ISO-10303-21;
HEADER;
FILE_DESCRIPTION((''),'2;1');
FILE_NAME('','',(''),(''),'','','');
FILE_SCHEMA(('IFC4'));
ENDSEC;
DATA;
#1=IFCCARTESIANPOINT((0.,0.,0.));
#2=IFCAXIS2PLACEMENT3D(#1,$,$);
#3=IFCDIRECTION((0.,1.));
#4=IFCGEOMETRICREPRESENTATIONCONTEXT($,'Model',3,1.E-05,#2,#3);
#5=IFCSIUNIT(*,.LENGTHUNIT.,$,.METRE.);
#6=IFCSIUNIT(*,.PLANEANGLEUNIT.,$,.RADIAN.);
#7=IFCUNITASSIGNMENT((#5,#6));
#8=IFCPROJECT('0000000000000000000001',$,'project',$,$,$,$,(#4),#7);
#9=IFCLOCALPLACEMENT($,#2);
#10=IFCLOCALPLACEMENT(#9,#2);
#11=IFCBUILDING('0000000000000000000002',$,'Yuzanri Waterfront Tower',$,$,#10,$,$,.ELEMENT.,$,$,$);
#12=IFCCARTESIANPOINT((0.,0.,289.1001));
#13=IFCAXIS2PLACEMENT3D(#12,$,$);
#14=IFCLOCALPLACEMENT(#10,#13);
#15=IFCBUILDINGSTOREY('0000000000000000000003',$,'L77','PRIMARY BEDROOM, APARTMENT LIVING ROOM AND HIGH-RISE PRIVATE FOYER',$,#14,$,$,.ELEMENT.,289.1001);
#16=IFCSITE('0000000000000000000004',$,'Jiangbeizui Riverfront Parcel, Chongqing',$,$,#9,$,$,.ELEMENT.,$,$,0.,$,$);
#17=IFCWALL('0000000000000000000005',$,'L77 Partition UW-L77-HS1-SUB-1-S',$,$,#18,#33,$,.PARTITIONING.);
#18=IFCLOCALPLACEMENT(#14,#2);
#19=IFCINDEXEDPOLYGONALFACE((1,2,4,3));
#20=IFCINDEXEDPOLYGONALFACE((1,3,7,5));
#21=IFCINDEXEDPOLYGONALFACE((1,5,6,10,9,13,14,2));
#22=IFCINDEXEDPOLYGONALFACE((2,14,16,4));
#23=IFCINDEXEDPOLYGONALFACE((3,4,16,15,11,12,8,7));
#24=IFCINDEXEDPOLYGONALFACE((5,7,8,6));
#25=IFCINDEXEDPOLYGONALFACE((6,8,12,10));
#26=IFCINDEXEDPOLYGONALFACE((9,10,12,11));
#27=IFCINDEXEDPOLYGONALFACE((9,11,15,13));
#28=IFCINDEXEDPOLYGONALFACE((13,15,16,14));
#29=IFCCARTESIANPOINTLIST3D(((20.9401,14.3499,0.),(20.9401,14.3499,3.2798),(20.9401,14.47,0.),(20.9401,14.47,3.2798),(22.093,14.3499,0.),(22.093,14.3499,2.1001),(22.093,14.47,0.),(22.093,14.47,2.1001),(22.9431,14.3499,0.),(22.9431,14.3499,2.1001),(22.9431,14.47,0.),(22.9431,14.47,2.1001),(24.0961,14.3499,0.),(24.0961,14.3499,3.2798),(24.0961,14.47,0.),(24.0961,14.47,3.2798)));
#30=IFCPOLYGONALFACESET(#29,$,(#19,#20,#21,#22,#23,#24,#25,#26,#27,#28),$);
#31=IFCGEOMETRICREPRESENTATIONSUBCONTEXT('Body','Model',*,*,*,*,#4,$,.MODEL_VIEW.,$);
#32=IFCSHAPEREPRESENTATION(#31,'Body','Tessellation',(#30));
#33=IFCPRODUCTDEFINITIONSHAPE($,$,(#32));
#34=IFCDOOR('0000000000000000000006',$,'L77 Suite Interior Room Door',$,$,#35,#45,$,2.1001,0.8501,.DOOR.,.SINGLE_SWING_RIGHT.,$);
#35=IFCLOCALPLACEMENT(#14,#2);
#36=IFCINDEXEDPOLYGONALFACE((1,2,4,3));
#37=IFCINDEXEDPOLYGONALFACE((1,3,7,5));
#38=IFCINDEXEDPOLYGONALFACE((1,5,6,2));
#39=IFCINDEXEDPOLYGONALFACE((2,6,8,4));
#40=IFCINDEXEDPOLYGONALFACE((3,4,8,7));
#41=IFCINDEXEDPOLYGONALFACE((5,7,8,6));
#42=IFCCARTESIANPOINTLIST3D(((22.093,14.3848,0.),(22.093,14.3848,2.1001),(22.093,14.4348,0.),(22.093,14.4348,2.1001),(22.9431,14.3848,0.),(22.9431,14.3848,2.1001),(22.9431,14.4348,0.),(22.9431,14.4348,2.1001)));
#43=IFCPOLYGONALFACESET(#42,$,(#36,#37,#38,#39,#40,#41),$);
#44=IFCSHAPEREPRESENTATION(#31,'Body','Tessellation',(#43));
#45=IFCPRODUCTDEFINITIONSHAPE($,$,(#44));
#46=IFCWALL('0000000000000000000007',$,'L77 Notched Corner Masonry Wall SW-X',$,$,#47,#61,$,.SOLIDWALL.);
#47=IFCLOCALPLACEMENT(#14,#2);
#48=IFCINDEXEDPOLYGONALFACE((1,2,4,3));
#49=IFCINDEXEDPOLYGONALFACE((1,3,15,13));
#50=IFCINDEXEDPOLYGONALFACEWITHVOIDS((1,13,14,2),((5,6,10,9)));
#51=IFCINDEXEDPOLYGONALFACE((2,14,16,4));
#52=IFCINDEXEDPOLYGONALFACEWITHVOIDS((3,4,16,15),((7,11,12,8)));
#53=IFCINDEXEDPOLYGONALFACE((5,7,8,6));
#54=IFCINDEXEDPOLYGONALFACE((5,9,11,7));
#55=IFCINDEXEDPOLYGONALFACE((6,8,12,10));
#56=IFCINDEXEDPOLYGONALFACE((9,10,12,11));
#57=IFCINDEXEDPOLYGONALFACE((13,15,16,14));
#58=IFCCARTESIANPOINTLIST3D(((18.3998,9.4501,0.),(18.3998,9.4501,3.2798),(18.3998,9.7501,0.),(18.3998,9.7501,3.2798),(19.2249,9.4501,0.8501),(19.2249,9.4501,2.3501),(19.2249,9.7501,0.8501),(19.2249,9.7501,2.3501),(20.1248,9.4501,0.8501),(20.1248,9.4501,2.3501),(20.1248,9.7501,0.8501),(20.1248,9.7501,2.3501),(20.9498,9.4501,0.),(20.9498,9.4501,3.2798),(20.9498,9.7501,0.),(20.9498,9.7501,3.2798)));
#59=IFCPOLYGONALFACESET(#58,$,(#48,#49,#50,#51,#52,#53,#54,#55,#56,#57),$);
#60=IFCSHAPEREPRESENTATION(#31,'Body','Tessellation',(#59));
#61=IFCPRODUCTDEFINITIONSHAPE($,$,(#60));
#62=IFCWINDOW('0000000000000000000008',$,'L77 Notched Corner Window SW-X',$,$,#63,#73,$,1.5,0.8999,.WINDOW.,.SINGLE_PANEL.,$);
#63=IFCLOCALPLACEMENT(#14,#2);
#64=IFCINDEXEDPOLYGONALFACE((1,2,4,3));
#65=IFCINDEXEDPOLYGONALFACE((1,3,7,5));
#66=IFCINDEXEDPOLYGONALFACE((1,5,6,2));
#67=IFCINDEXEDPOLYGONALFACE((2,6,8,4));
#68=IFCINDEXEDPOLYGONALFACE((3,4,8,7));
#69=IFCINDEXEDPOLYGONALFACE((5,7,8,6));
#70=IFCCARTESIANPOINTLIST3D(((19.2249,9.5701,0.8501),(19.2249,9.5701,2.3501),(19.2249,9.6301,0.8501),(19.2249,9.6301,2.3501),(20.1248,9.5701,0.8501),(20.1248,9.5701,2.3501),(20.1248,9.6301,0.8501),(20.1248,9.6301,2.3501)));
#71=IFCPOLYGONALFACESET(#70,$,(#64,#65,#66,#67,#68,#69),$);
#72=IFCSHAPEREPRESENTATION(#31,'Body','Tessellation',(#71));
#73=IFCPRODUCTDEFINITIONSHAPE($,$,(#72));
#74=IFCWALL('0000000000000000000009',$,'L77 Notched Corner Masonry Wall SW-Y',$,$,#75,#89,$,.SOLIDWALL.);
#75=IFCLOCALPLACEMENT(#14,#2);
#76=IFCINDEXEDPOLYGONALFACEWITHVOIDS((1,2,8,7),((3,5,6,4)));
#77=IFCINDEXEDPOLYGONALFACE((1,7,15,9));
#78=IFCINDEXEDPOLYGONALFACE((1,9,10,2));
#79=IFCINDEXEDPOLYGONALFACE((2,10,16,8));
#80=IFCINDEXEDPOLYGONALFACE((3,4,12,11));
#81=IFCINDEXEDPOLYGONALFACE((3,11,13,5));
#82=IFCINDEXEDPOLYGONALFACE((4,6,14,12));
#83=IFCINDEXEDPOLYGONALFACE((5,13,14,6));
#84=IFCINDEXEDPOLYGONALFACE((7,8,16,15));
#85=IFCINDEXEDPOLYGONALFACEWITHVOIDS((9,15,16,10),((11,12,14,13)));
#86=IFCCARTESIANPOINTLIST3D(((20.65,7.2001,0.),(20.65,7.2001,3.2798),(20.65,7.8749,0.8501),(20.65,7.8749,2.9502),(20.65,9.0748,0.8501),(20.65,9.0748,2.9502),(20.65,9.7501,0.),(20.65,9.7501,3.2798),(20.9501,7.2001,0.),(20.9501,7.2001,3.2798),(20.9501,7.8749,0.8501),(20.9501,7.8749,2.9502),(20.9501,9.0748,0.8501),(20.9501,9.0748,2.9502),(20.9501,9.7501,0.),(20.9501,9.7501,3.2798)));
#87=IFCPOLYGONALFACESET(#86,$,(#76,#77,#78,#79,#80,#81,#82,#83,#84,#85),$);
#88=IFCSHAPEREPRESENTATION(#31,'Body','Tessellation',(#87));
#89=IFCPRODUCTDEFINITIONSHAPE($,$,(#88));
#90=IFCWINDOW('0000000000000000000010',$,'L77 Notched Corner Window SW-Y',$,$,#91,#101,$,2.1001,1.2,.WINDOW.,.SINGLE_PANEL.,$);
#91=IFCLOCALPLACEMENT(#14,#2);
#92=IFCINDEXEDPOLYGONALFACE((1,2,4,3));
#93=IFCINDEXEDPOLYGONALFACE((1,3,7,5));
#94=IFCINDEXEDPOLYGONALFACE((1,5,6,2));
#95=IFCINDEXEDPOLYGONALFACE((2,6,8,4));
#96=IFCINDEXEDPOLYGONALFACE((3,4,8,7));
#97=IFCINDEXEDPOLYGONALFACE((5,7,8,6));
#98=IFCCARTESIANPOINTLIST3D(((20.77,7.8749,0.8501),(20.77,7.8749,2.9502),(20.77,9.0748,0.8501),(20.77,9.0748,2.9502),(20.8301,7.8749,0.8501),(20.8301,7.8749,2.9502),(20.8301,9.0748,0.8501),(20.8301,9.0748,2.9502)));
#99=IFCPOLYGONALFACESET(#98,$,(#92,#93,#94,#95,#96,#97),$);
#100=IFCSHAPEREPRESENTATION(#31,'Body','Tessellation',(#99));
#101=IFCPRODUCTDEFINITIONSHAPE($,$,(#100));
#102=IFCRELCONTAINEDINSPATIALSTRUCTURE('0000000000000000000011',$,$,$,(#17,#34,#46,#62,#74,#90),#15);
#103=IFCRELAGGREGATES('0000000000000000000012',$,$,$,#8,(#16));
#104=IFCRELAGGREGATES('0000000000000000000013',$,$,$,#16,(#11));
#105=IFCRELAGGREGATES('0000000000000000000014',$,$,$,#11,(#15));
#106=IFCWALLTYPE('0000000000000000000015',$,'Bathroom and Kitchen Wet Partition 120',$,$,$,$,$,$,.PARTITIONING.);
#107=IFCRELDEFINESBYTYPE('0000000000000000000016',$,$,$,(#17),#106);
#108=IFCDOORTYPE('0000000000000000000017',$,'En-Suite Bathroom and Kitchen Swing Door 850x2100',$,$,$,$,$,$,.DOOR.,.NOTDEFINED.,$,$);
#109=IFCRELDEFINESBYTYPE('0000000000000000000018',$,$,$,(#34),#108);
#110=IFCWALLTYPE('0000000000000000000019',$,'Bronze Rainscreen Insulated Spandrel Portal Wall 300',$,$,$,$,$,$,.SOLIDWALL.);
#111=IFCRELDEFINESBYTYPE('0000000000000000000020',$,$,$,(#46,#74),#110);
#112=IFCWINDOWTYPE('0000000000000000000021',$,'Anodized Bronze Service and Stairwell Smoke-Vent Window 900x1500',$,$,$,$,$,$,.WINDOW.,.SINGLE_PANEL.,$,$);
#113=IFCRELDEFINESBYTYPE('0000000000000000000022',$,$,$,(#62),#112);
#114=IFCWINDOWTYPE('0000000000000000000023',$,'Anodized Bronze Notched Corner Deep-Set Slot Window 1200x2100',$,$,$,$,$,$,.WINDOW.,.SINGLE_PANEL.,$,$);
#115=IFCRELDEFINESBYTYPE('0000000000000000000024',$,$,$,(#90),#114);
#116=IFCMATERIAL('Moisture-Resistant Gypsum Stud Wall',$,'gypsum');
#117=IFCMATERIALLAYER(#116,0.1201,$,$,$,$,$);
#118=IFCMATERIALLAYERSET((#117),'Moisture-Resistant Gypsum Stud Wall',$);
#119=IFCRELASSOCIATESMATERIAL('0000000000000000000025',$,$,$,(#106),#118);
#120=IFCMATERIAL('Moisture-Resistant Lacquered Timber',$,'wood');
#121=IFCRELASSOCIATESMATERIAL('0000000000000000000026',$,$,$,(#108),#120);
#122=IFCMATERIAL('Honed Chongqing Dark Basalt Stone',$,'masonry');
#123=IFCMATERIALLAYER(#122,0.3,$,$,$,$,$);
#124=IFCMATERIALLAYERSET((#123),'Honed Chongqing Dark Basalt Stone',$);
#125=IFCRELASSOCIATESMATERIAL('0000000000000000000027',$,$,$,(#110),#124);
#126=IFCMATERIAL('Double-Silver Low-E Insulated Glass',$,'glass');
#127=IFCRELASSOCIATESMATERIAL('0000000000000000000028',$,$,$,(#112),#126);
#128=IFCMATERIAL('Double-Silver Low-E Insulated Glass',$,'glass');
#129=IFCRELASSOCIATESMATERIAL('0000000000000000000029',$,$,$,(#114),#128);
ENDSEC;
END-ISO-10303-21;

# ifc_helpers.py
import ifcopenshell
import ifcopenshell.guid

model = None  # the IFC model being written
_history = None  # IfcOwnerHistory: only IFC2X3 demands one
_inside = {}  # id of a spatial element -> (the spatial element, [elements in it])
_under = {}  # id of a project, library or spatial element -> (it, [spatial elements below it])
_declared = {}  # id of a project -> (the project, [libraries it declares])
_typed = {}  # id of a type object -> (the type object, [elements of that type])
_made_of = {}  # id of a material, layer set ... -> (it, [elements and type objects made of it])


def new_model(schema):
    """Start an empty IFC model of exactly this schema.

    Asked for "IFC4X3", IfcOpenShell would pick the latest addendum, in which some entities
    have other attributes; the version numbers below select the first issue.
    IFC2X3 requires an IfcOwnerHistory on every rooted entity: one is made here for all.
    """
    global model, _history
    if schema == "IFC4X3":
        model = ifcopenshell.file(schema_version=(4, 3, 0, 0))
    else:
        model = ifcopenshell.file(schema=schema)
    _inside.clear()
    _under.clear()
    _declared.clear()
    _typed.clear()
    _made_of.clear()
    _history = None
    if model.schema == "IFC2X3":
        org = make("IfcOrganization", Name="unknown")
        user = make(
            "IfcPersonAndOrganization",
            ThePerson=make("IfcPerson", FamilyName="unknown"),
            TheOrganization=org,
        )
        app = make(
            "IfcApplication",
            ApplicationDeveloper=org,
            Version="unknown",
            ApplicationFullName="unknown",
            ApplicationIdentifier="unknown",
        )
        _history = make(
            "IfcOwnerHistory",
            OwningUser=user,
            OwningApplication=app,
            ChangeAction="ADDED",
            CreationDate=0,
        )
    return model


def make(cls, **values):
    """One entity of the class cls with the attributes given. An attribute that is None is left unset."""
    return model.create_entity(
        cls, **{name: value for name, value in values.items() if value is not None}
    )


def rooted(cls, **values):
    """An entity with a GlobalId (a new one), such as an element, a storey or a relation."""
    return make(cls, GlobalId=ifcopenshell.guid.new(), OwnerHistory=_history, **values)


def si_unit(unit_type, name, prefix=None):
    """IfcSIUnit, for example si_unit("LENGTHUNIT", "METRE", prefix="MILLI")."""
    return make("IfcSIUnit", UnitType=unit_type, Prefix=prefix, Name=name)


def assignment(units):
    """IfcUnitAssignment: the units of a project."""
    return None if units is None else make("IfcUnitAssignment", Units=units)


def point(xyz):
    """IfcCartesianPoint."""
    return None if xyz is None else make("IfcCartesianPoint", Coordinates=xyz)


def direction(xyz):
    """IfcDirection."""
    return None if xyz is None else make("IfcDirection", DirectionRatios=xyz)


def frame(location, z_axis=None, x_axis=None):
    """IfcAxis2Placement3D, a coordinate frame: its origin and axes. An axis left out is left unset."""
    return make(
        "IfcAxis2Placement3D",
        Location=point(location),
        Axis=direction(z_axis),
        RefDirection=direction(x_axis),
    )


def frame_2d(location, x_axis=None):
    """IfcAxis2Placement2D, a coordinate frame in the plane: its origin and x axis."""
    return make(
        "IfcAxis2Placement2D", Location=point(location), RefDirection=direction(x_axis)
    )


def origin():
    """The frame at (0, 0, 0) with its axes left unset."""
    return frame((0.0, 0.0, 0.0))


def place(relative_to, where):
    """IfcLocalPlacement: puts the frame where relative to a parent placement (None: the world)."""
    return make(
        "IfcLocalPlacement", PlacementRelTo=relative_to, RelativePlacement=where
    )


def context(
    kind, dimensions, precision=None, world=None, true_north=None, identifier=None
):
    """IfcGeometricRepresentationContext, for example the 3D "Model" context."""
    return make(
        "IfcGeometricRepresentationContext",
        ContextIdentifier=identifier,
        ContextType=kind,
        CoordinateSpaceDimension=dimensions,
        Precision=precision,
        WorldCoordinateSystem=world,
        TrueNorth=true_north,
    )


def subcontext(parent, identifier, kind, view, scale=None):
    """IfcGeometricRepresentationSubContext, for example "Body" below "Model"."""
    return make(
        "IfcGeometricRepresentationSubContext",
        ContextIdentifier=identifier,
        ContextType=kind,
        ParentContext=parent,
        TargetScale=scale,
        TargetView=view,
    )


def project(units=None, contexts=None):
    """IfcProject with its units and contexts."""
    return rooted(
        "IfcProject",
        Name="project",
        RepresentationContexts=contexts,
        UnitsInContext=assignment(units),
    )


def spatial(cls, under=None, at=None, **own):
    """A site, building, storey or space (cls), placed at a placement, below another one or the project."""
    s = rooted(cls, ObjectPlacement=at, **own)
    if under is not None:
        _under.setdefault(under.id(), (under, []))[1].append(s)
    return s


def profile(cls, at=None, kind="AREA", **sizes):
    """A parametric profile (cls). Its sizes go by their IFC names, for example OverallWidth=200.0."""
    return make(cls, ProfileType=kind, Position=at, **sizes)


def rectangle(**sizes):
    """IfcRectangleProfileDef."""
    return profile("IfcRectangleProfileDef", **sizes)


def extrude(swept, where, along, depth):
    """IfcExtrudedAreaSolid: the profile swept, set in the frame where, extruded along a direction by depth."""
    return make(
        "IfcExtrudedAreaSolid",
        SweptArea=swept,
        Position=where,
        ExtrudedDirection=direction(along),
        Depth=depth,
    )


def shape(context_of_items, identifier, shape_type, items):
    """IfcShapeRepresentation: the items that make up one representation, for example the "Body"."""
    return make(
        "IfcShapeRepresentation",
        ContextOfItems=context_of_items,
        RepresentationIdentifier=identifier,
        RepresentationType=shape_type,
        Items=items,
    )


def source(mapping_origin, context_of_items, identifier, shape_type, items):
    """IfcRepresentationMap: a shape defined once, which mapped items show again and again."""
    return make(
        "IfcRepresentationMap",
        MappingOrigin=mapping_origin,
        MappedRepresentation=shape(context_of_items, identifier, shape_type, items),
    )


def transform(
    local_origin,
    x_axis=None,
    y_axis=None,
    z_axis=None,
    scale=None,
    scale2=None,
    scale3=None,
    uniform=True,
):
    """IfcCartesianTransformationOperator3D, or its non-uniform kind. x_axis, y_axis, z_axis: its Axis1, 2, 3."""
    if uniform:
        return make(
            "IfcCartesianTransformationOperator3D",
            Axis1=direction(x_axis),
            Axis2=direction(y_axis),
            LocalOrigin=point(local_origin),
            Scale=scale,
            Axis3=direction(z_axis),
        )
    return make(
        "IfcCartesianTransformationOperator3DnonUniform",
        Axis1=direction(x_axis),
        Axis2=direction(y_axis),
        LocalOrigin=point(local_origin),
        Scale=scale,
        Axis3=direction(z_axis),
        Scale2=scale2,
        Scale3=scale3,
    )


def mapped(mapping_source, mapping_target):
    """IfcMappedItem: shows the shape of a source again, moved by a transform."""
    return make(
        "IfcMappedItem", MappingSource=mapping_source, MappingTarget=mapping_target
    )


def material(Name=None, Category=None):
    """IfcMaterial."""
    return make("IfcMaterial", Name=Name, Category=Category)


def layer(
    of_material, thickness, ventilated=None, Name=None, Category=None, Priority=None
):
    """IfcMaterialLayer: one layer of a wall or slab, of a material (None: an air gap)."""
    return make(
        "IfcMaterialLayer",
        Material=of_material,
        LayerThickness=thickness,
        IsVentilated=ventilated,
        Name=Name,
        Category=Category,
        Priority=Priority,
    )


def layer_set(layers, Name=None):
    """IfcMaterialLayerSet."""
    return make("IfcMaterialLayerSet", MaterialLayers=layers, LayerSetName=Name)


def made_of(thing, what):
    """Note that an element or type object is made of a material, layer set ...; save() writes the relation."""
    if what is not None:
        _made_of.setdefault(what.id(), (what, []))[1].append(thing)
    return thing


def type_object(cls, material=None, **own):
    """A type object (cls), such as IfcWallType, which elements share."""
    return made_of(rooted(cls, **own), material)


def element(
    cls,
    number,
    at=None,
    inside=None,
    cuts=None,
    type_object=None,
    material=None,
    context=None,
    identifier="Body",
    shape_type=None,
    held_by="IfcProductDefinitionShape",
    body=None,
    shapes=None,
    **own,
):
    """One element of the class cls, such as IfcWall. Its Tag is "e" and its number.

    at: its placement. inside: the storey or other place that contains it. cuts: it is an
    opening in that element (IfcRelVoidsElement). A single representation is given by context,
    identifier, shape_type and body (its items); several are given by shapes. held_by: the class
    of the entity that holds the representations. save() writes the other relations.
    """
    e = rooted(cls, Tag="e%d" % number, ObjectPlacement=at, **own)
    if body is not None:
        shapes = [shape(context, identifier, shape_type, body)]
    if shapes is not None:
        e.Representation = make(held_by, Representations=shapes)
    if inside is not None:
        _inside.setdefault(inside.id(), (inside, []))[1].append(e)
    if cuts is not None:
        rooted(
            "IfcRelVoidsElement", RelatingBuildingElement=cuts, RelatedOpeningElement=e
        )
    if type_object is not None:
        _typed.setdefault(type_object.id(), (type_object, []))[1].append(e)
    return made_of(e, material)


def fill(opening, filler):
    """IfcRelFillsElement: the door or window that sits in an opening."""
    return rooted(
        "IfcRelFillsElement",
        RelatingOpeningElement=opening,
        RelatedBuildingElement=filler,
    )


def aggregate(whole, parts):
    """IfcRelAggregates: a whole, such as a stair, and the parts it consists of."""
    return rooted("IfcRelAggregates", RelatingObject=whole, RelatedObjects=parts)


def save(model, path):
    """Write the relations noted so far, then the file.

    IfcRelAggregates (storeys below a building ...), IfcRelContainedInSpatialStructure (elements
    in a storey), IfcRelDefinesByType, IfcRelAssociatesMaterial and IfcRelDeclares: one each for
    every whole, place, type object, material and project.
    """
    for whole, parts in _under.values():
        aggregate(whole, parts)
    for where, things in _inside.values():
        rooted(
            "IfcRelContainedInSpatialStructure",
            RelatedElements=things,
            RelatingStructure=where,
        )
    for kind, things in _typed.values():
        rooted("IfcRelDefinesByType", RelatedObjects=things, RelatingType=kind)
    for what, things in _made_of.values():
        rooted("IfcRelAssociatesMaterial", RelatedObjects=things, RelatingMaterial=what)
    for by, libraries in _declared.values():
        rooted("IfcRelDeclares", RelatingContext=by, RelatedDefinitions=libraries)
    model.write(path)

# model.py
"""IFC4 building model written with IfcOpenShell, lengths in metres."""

from ifc_helpers import new_model, si_unit, direction, frame, frame_2d, origin, place, context, subcontext, project, spatial, rectangle, extrude, source, transform, mapped, material, layer, layer_set, type_object, element, fill, save


model = new_model("IFC4")

# Units and contexts
model_context = context("Model", 3, precision=1e-05, world=origin(), true_north=direction((0.0, 1.0)))
body_context = subcontext(model_context, "Body", "Model", "MODEL_VIEW")
ifc_project = project(units=[si_unit("LENGTHUNIT", "METRE"), si_unit("PLANEANGLEUNIT", "RADIAN")], contexts=[model_context])

# Site, building, storey
site_placement = place(None, origin())
site = spatial("IfcSite", under=ifc_project, at=site_placement, Name="Jiangbeizui Riverfront Parcel, Chongqing", CompositionType="ELEMENT", RefElevation=0.0)
building_placement = place(site_placement, origin())
building = spatial("IfcBuilding", under=site, at=building_placement, Name="Yuzanri Waterfront Tower", CompositionType="ELEMENT")
storey_placement = place(building_placement, frame((0.0, 0.0, 289.1001)))
storey = spatial("IfcBuildingStorey", under=building, at=storey_placement, Name="L77", Description="PRIMARY BEDROOM, APARTMENT LIVING ROOM AND HIGH-RISE PRIVATE FOYER", CompositionType="ELEMENT", Elevation=289.1001)

# Wall, opening, door
ifc_material_1 = material(Name="Moisture-Resistant Gypsum Stud Wall", Category="gypsum")
ifc_layer_1 = layer(ifc_material_1, 0.1201)
ifc_layer_set_1 = layer_set([ifc_layer_1], Name="Moisture-Resistant Gypsum Stud Wall")
wall_type_1 = type_object("IfcWallType", Name="Bathroom and Kitchen Wet Partition 120", PredefinedType="PARTITIONING", material=ifc_layer_set_1)
wall_1_placement = place(storey_placement, frame((20.9399, 14.4099, 0.0), z_axis=(0.0, 0.0, 1.0), x_axis=(1.0, 0.0, 0.0)))
wall_1 = element("IfcWall", 1, at=wall_1_placement, inside=storey, type_object=wall_type_1, Name="L77 Partition UW-L77-HS1-SUB-1-S", PredefinedType="PARTITIONING", context=body_context, shape_type="SweptSolid", body=[
    extrude(rectangle(XDim=3.156, YDim=0.1201, at=frame_2d((1.5781, 0.0))), origin(), (0.0, 0.0, 1.0), 3.2798),
])
opening_1_placement = place(wall_1_placement, frame((1.1531, 0.0, 0.0)))
opening_1 = element("IfcOpeningElement", 2, at=opening_1_placement, cuts=wall_1, PredefinedType="OPENING", context=body_context, shape_type="SweptSolid", body=[
    extrude(rectangle(XDim=0.8501, YDim=2.1001, at=frame_2d((0.425, 1.05))), frame((0.0, 0.075, 0.0), z_axis=(0.0, -1.0, 0.0), x_axis=(1.0, 0.0, 0.0)), (0.0, 0.0, 1.0), 0.1499),
])
ifc_material_2 = material(Name="Moisture-Resistant Lacquered Timber", Category="wood")
door_type_1 = type_object("IfcDoorType", Name="En-Suite Bathroom and Kitchen Swing Door 850x2100", OperationType="NOTDEFINED", PredefinedType="DOOR", material=ifc_material_2)
shared_shape_1 = source(origin(), body_context, "Body", "SweptSolid", [
    extrude(rectangle(XDim=0.8501, YDim=2.1001, at=frame_2d((0.425, 1.05))), frame((0.0, 0.0249, 0.0), z_axis=(0.0, -1.0, 0.0), x_axis=(1.0, 0.0, 0.0)), (0.0, 0.0, 1.0), 0.05),
])
door_1_placement = place(opening_1_placement, origin())
door_1 = element("IfcDoor", 3, at=door_1_placement, inside=storey, type_object=door_type_1, Name="L77 Suite Interior Room Door", OperationType="SINGLE_SWING_RIGHT", OverallHeight=2.1001, OverallWidth=0.8501, PredefinedType="DOOR", context=body_context, shape_type="MappedRepresentation", body=[
    mapped(shared_shape_1, transform((0.0, 0.0, 0.0), scale=1.0)),
])
fill(opening_1, door_1)

# Walls, openings, windows
ifc_material_3 = material(Name="Honed Chongqing Dark Basalt Stone", Category="masonry")
ifc_layer_2 = layer(ifc_material_3, 0.3)
ifc_layer_set_2 = layer_set([ifc_layer_2], Name="Honed Chongqing Dark Basalt Stone")
wall_type_2 = type_object("IfcWallType", Name="Bronze Rainscreen Insulated Spandrel Portal Wall 300", PredefinedType="SOLIDWALL", material=ifc_layer_set_2)
wall_2_placement = place(storey_placement, frame((18.3999, 9.6001, 0.0), z_axis=(0.0, 0.0, 1.0), x_axis=(1.0, 0.0, 0.0)))
wall_2 = element("IfcWall", 4, at=wall_2_placement, inside=storey, type_object=wall_type_2, Name="L77 Notched Corner Masonry Wall SW-X", PredefinedType="SOLIDWALL", context=body_context, shape_type="SweptSolid", body=[
    extrude(rectangle(XDim=2.55, YDim=0.3, at=frame_2d((1.2749, 0.0))), origin(), (0.0, 0.0, 1.0), 3.2798),
])
opening_2_placement = place(wall_2_placement, frame((0.825, 0.0, 0.8501)))
opening_2 = element("IfcOpeningElement", 5, at=opening_2_placement, cuts=wall_2, PredefinedType="OPENING", context=body_context, shape_type="SweptSolid", body=[
    extrude(rectangle(XDim=0.8999, YDim=1.5, at=frame_2d((0.45, 0.75))), frame((0.0, 0.165, 0.0), z_axis=(0.0, -1.0, 0.0), x_axis=(1.0, 0.0, 0.0)), (0.0, 0.0, 1.0), 0.3298),
])
ifc_material_4 = material(Name="Double-Silver Low-E Insulated Glass", Category="glass")
window_type_1 = type_object("IfcWindowType", Name="Anodized Bronze Service and Stairwell Smoke-Vent Window 900x1500", PartitioningType="SINGLE_PANEL", PredefinedType="WINDOW", material=ifc_material_4)
shared_shape_2 = source(origin(), body_context, "Body", "SweptSolid", [
    extrude(rectangle(XDim=0.8999, YDim=1.5, at=frame_2d((0.45, 0.75))), frame((0.0, 0.03, 0.0), z_axis=(0.0, -1.0, 0.0), x_axis=(1.0, 0.0, 0.0)), (0.0, 0.0, 1.0), 0.0601),
])
window_1_placement = place(opening_2_placement, origin())
window_1 = element("IfcWindow", 6, at=window_1_placement, inside=storey, type_object=window_type_1, Name="L77 Notched Corner Window SW-X", OverallHeight=1.5, OverallWidth=0.8999, PartitioningType="SINGLE_PANEL", PredefinedType="WINDOW", context=body_context, shape_type="MappedRepresentation", body=[
    mapped(shared_shape_2, transform((0.0, 0.0, 0.0), scale=1.0)),
])
fill(opening_2, window_1)
wall_3_placement = place(storey_placement, frame((20.8, 9.75, 0.0), z_axis=(0.0, 0.0, 1.0), x_axis=(0.0, -1.0, 0.0)))
wall_3 = element("IfcWall", 7, at=wall_3_placement, inside=storey, type_object=wall_type_2, Name="L77 Notched Corner Masonry Wall SW-Y", PredefinedType="SOLIDWALL", context=body_context, shape_type="SweptSolid", body=[
    extrude(rectangle(XDim=2.55, YDim=0.3, at=frame_2d((1.2749, 0.0))), origin(), (0.0, 0.0, 1.0), 3.2798),
])
opening_3_placement = place(wall_3_placement, frame((0.675, 0.0, 0.8501)))
opening_3 = element("IfcOpeningElement", 8, at=opening_3_placement, cuts=wall_3, PredefinedType="OPENING", context=body_context, shape_type="SweptSolid", body=[
    extrude(rectangle(XDim=1.2, YDim=2.1001, at=frame_2d((0.6001, 1.05))), frame((0.0, 0.165, 0.0), z_axis=(0.0, -1.0, 0.0), x_axis=(1.0, 0.0, 0.0)), (0.0, 0.0, 1.0), 0.3298),
])
ifc_material_5 = material(Name="Double-Silver Low-E Insulated Glass", Category="glass")
window_type_2 = type_object("IfcWindowType", Name="Anodized Bronze Notched Corner Deep-Set Slot Window 1200x2100", PartitioningType="SINGLE_PANEL", PredefinedType="WINDOW", material=ifc_material_5)
shared_shape_3 = source(origin(), body_context, "Body", "SweptSolid", [
    extrude(rectangle(XDim=1.2, YDim=2.1001, at=frame_2d((0.6001, 1.05))), frame((0.0, 0.03, 0.0), z_axis=(0.0, -1.0, 0.0), x_axis=(1.0, 0.0, 0.0)), (0.0, 0.0, 1.0), 0.0601),
])
window_2_placement = place(opening_3_placement, origin())
window_2 = element("IfcWindow", 9, at=window_2_placement, inside=storey, type_object=window_type_2, Name="L77 Notched Corner Window SW-Y", OverallHeight=2.1001, OverallWidth=1.2, PartitioningType="SINGLE_PANEL", PredefinedType="WINDOW", context=body_context, shape_type="MappedRepresentation", body=[
    mapped(shared_shape_3, transform((0.0, 0.0, 0.0), scale=1.0)),
])
fill(opening_3, window_2)

save(model, "model.ifc")
